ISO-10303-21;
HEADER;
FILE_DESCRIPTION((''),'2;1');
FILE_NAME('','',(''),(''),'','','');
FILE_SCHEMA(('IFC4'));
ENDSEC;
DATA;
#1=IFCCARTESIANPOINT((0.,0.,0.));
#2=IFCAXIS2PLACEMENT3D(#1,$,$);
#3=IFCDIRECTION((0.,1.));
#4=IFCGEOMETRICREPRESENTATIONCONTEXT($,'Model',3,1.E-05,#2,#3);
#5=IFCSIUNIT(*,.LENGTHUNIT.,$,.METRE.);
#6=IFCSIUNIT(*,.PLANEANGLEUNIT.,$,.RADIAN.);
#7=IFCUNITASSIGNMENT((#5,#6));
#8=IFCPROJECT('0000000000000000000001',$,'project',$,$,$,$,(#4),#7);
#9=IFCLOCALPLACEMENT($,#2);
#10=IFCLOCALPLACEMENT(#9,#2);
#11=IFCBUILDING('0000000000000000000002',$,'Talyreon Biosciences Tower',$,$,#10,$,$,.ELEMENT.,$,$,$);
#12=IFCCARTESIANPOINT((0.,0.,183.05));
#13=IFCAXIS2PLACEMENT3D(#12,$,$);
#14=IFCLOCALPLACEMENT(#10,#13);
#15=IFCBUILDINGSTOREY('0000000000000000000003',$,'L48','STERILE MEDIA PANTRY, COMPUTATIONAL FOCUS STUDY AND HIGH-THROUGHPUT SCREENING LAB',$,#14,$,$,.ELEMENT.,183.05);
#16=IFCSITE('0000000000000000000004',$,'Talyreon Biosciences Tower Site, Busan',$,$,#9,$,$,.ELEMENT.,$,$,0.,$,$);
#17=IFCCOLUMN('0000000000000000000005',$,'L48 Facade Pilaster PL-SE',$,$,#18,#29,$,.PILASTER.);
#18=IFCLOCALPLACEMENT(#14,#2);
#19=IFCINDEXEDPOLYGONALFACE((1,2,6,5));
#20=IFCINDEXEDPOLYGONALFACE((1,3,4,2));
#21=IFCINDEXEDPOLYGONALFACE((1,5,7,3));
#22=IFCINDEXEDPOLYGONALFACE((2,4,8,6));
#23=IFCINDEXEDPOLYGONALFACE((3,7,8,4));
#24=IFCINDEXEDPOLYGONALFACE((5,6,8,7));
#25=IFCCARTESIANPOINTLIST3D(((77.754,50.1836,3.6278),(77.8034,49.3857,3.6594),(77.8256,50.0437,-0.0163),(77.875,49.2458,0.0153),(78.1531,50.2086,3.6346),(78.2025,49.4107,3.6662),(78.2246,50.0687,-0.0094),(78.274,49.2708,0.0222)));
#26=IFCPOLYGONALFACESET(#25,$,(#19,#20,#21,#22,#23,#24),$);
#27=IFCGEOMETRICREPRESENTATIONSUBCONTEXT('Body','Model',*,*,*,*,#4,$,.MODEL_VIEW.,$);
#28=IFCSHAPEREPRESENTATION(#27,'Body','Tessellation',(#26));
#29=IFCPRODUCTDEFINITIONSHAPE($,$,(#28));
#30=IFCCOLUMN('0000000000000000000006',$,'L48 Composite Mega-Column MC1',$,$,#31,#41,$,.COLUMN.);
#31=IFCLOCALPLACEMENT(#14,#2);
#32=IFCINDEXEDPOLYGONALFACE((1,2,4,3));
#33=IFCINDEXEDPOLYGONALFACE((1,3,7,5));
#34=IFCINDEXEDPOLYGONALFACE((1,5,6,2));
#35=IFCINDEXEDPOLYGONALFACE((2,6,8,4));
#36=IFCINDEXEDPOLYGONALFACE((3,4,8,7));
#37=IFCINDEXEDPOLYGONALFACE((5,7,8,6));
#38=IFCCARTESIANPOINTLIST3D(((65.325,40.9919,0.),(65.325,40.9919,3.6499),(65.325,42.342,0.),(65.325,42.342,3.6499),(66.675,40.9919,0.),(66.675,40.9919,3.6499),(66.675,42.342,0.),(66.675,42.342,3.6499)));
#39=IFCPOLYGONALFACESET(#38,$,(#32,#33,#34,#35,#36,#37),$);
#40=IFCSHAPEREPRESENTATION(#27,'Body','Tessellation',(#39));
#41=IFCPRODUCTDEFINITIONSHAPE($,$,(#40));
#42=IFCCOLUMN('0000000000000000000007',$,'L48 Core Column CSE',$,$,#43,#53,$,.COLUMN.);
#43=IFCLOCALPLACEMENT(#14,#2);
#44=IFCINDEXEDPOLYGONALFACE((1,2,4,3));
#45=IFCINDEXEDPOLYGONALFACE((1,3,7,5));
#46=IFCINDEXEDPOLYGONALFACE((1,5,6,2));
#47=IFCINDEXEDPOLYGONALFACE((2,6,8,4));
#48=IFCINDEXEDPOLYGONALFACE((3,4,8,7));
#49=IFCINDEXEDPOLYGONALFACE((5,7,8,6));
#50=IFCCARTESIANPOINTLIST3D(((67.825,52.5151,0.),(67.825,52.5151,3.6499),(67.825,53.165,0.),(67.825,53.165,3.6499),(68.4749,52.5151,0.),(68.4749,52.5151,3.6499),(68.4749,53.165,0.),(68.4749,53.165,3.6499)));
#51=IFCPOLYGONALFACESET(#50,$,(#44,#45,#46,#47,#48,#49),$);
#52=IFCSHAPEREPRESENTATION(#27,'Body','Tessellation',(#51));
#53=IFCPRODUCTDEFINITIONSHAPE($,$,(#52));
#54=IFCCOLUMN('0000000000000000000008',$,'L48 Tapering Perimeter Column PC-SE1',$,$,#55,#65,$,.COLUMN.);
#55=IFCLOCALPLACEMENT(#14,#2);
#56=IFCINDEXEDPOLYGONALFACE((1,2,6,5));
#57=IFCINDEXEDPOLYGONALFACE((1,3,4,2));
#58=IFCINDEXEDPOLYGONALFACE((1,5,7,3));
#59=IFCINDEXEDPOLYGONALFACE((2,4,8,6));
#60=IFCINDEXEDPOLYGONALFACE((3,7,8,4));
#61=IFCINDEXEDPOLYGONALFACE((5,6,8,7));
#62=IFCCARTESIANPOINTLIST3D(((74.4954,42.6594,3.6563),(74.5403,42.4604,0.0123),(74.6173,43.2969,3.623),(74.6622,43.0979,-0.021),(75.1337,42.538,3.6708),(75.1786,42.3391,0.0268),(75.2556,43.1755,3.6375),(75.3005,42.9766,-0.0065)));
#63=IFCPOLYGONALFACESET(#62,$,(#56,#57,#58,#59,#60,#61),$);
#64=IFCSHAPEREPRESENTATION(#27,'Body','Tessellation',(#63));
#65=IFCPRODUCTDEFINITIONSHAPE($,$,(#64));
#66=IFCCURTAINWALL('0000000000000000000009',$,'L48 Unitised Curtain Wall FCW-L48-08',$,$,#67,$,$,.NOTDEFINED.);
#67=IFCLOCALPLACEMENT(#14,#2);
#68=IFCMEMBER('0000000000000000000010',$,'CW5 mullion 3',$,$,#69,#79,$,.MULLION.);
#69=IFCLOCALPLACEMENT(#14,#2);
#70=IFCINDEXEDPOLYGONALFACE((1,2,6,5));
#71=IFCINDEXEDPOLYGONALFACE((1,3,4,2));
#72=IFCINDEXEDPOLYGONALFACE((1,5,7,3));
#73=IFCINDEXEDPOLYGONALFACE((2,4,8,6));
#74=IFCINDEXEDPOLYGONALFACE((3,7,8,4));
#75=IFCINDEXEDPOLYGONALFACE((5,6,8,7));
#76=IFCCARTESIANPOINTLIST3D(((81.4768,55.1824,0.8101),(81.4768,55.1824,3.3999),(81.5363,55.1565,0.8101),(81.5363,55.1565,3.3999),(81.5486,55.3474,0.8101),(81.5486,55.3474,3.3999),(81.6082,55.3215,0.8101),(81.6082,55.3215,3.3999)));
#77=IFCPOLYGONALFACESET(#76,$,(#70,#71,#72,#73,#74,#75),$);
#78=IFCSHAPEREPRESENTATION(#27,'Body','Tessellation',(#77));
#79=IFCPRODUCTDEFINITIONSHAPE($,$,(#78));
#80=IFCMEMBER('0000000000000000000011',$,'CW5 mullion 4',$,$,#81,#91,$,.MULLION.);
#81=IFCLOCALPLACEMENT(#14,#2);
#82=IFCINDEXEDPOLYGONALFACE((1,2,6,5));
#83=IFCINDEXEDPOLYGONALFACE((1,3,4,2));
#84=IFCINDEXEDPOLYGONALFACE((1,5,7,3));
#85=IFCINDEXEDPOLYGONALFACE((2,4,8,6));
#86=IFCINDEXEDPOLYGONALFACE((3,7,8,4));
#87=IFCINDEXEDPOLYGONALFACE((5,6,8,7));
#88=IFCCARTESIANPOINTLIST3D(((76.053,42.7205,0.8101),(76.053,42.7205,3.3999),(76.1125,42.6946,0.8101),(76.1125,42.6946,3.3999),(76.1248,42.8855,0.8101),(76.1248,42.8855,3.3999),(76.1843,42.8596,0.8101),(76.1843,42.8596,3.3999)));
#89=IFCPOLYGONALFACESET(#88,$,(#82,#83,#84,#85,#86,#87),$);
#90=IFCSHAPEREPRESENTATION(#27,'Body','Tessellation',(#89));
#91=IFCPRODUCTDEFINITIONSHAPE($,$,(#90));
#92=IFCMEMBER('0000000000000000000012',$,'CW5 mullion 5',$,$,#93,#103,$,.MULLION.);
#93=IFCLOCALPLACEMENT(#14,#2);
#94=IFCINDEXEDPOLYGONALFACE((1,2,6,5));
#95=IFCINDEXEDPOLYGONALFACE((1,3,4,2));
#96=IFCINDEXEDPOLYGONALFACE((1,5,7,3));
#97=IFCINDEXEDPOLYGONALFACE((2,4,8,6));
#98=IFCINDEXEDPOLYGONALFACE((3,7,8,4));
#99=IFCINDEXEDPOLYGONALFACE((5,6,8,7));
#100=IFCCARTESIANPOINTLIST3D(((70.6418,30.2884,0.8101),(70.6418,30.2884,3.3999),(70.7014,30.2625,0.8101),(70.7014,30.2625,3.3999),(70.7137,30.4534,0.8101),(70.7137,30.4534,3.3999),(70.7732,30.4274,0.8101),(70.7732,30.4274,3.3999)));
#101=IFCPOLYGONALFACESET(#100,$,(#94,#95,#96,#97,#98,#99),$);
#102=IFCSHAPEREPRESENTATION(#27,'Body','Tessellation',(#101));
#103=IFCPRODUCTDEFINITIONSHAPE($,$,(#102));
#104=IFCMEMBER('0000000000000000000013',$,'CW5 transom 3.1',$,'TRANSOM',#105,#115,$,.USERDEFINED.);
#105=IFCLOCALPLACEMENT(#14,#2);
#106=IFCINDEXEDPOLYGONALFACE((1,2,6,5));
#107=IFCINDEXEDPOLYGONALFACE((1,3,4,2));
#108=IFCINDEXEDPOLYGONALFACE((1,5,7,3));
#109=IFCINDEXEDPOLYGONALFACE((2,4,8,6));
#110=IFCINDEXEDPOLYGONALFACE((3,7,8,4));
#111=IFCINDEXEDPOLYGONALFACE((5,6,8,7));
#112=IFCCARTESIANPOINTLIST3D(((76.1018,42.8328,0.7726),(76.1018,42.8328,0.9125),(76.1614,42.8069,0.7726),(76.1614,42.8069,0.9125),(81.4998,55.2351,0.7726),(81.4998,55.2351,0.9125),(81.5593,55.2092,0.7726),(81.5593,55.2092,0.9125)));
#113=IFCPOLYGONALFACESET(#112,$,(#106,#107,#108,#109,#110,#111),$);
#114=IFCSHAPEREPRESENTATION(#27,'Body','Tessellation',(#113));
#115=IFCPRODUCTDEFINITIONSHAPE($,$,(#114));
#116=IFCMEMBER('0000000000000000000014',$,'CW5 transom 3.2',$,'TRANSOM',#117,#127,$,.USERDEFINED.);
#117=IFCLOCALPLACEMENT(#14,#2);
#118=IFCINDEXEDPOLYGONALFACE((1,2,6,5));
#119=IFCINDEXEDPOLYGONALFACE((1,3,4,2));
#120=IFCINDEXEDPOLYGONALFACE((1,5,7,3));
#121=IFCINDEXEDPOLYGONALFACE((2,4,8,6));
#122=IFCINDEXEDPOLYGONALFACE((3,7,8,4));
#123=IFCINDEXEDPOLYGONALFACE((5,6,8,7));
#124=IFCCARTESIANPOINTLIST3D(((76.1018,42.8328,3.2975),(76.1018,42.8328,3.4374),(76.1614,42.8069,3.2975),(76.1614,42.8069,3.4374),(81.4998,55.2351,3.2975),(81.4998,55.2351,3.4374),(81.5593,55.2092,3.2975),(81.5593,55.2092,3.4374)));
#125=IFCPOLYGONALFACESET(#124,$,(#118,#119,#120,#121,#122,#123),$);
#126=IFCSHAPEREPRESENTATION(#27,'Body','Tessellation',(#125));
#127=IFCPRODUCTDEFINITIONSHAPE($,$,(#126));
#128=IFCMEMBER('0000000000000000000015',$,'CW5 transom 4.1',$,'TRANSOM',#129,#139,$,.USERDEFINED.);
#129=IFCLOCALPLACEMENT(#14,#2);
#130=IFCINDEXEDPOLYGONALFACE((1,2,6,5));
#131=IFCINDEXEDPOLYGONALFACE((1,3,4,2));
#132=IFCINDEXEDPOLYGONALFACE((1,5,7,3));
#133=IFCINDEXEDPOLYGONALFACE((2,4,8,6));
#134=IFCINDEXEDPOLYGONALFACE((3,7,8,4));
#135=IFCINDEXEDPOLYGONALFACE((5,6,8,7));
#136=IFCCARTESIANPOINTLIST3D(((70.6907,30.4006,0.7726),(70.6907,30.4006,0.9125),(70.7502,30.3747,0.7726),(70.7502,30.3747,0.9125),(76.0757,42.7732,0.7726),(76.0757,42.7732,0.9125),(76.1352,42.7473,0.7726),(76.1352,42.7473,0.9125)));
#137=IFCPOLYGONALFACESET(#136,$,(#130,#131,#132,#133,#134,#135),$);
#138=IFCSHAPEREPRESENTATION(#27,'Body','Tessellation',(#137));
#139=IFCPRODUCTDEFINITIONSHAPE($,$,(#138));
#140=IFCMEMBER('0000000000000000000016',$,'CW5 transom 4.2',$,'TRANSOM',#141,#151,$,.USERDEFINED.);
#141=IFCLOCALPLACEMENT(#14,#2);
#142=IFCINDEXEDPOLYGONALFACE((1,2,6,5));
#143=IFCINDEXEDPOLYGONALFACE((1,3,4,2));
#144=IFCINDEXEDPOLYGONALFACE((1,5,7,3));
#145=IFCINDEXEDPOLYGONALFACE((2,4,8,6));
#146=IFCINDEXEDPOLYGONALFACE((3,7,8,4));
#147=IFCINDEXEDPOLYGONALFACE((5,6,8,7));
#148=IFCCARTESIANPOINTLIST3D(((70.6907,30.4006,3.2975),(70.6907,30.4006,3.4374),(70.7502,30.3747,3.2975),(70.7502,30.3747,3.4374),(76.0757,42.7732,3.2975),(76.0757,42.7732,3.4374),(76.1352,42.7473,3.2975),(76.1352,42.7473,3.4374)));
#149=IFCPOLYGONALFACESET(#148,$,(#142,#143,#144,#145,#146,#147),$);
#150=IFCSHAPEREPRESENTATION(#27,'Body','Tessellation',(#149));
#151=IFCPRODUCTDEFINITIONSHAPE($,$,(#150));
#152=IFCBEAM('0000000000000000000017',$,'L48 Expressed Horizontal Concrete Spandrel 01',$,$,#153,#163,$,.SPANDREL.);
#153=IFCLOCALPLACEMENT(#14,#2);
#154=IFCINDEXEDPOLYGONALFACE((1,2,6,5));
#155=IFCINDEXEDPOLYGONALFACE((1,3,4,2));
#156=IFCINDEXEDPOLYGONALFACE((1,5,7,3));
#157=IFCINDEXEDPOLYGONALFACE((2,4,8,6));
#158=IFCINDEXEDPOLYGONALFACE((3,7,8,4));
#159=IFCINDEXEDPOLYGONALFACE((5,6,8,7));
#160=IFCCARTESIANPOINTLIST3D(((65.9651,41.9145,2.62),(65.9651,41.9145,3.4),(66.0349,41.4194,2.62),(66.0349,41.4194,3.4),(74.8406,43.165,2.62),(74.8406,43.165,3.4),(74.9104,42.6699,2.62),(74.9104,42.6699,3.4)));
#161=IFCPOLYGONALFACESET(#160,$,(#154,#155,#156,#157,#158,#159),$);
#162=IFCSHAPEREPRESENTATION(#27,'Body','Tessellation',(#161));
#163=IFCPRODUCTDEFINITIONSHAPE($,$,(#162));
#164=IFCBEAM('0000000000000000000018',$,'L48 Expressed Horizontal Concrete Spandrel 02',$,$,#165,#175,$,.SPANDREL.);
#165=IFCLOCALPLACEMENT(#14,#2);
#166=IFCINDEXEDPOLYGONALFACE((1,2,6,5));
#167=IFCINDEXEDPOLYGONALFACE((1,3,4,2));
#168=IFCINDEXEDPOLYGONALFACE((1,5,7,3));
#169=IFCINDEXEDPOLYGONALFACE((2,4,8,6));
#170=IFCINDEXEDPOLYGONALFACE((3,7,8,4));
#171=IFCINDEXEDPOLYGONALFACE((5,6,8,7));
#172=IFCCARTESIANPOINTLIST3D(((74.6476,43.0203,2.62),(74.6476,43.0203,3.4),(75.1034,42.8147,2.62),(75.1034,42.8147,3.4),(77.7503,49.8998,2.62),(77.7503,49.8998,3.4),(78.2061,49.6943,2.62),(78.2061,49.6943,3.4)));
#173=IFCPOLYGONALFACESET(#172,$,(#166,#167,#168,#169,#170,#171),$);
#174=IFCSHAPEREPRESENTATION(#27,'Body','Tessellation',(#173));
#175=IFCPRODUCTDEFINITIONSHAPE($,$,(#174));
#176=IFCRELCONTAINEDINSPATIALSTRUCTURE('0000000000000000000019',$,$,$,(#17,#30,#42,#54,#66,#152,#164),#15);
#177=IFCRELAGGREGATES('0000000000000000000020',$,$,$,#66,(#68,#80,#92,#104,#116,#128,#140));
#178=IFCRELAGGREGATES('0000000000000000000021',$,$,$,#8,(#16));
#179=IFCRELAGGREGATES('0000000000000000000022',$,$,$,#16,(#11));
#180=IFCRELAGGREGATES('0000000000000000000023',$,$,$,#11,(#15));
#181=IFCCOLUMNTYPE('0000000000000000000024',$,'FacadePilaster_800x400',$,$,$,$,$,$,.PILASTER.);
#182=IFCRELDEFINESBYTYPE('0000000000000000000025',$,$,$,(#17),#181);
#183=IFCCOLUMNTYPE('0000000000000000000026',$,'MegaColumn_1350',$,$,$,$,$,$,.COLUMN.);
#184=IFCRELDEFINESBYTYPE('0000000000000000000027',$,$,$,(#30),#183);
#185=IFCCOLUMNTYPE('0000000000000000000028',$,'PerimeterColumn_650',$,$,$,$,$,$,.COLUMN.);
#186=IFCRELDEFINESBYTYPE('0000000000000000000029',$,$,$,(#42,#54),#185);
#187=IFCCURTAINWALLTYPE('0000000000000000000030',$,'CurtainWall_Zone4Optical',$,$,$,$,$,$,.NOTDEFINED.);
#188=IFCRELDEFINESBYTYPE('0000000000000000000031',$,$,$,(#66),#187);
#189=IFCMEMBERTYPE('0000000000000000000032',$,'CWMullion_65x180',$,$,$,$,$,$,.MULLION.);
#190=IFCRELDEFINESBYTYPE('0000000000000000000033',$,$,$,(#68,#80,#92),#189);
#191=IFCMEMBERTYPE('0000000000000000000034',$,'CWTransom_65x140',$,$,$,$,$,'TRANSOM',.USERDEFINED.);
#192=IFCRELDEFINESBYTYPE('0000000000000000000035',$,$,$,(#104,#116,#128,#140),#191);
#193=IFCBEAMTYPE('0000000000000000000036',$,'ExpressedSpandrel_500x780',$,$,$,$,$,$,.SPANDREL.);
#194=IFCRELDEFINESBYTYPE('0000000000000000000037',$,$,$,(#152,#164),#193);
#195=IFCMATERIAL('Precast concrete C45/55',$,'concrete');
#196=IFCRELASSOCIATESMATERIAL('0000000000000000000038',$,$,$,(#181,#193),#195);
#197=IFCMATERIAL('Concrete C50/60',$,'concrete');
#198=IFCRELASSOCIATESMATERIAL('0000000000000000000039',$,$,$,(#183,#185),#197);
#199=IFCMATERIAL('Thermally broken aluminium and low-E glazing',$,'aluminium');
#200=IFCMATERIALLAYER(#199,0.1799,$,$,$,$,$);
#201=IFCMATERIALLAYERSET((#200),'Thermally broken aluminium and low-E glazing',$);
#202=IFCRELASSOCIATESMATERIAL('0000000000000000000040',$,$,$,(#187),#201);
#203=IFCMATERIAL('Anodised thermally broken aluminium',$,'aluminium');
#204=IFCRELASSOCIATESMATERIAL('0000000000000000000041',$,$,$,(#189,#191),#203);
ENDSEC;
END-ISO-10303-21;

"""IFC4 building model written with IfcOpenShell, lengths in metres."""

from ifc_helpers import new_model, si_unit, direction, frame, origin, origin_2d, place, context, subcontext, project, spatial, rectangle, extrude, material, layer, layer_set, material_profile, profile_set, type_object, element, aggregate, save


model = new_model("IFC4")

# Units and contexts
model_context = context("Model", 3, precision=1e-05, world=origin(), true_north=direction((0.0, 1.0)))
body_context = subcontext(model_context, "Body", "Model", "MODEL_VIEW")
ifc_project = project(units=[si_unit("LENGTHUNIT", "METRE"), si_unit("PLANEANGLEUNIT", "RADIAN")], contexts=[model_context])

# Site, building, storey
site_placement = place(None, origin())
site = spatial("IfcSite", under=ifc_project, at=site_placement, Name="Talyreon Biosciences Tower Site, Busan", CompositionType="ELEMENT", RefElevation=0.0)
building_placement = place(site_placement, origin())
building = spatial("IfcBuilding", under=site, at=building_placement, Name="Talyreon Biosciences Tower", CompositionType="ELEMENT")
storey_placement = place(building_placement, frame((0.0, 0.0, 183.05)))
storey = spatial("IfcBuildingStorey", under=building, at=storey_placement, Name="L48", Description="STERILE MEDIA PANTRY, COMPUTATIONAL FOCUS STUDY AND HIGH-THROUGHPUT SCREENING LAB", CompositionType="ELEMENT", Elevation=183.05)

# Columns
ifc_material_1 = material(Name="Precast concrete C45/55", Category="concrete")
ifc_material_profile_1 = material_profile(ifc_material_1, rectangle(XDim=0.8, YDim=0.3999, at=origin_2d()), Name="RC 800x400")
ifc_profile_set_1 = profile_set([ifc_material_profile_1], Name="Precast concrete C45/55")
column_type_1 = type_object("IfcColumnType", Name="FacadePilaster_800x400", PredefinedType="PILASTER", material=ifc_profile_set_1)
column_1_placement = place(storey_placement, frame((78.0498, 49.6572, 0.0029), z_axis=(-0.019612, 0.038354, 0.999072), x_axis=(0.061735, -0.997311, 0.039498)))
element("IfcColumn", 1, at=column_1_placement, inside=storey, type_object=column_type_1, Name="L48 Facade Pilaster PL-SE", PredefinedType="PILASTER", context=body_context, shape_type="SweptSolid", body=[
    extrude(rectangle(XDim=0.8, YDim=0.3999, at=origin_2d()), origin(), (0.0, 0.0, 1.0), 3.6475),
])
ifc_material_2 = material(Name="Concrete C50/60", Category="concrete")
ifc_material_profile_2 = material_profile(ifc_material_2, rectangle(XDim=1.3501, YDim=1.3501, at=origin_2d()), Name="RC 1350x1350")
ifc_profile_set_2 = profile_set([ifc_material_profile_2], Name="Concrete C50/60")
column_type_2 = type_object("IfcColumnType", Name="MegaColumn_1350", PredefinedType="COLUMN", material=ifc_profile_set_2)
column_2_placement = place(storey_placement, frame((66.0, 41.667, 0.0), z_axis=(0.0, 0.0, 1.0), x_axis=(1.0, 0.0, 0.0)))
element("IfcColumn", 2, at=column_2_placement, inside=storey, type_object=column_type_2, Name="L48 Composite Mega-Column MC1", PredefinedType="COLUMN", context=body_context, shape_type="SweptSolid", body=[
    extrude(rectangle(XDim=1.3501, YDim=1.3501, at=origin_2d()), origin(), (0.0, 0.0, 1.0), 3.6499),
])
ifc_material_profile_3 = material_profile(ifc_material_2, rectangle(XDim=0.6499, YDim=0.6499, at=origin_2d()), Name="RC 650x650")
ifc_profile_set_3 = profile_set([ifc_material_profile_3], Name="Concrete C50/60")
column_type_3 = type_object("IfcColumnType", Name="PerimeterColumn_650", PredefinedType="COLUMN", material=ifc_profile_set_3)
column_3_placement = place(storey_placement, frame((68.1499, 52.8401, 0.0), z_axis=(0.0, 0.0, 1.0), x_axis=(1.0, 0.0, 0.0)))
element("IfcColumn", 3, at=column_3_placement, inside=storey, type_object=column_type_3, Name="L48 Core Column CSE", PredefinedType="COLUMN", context=body_context, shape_type="SweptSolid", body=[
    extrude(rectangle(XDim=0.6499, YDim=0.6499, at=origin_2d()), origin(), (0.0, 0.0, 1.0), 3.6499),
])
column_4_placement = place(storey_placement, frame((74.9204, 42.7185, 0.0029), z_axis=(-0.012308, 0.054517, 0.998437), x_axis=(-0.187676, -0.980893, 0.051246)))
element("IfcColumn", 4, at=column_4_placement, inside=storey, type_object=column_type_3, Name="L48 Tapering Perimeter Column PC-SE1", PredefinedType="COLUMN", context=body_context, shape_type="SweptSolid", body=[
    extrude(rectangle(XDim=0.6499, YDim=0.6499, at=origin_2d()), origin(), (0.0, 0.0, 1.0), 3.6497),
])

# Curtain wall, members
ifc_material_3 = material(Name="Thermally broken aluminium and low-E glazing", Category="aluminium")
ifc_layer_1 = layer(ifc_material_3, 0.1799)
ifc_layer_set_1 = layer_set([ifc_layer_1], Name="Thermally broken aluminium and low-E glazing")
curtain_wall_type = type_object("IfcCurtainWallType", Name="CurtainWall_Zone4Optical", PredefinedType="NOTDEFINED", material=ifc_layer_set_1)
curtain_wall_placement = place(storey_placement, origin())
curtain_wall = element("IfcCurtainWall", 5, at=curtain_wall_placement, inside=storey, type_object=curtain_wall_type, Name="L48 Unitised Curtain Wall FCW-L48-08", PredefinedType="NOTDEFINED")
ifc_material_4 = material(Name="Anodised thermally broken aluminium", Category="aluminium")
ifc_material_profile_4 = material_profile(ifc_material_4, rectangle(XDim=0.0649, YDim=0.1799, at=origin_2d()), Name="ALUM MULLION 65x180")
ifc_profile_set_4 = profile_set([ifc_material_profile_4], Name="Anodised thermally broken aluminium")
member_type_1 = type_object("IfcMemberType", Name="CWMullion_65x180", PredefinedType="MULLION", material=ifc_profile_set_4)
member_1_placement = place(storey_placement, frame((81.5425, 55.252, 0.8101), z_axis=(0.0, 0.0, 1.0), x_axis=(0.916912, -0.399089, 0.0)))
member_1 = element("IfcMember", 6, at=member_1_placement, type_object=member_type_1, Name="CW5 mullion 3", PredefinedType="MULLION", context=body_context, shape_type="SweptSolid", body=[
    extrude(rectangle(XDim=0.0649, YDim=0.1799, at=origin_2d()), origin(), (0.0, 0.0, 1.0), 2.5898),
])
member_2_placement = place(storey_placement, frame((76.1187, 42.79, 0.8101), z_axis=(0.0, 0.0, 1.0), x_axis=(0.916912, -0.399089, 0.0)))
member_2 = element("IfcMember", 7, at=member_2_placement, type_object=member_type_1, Name="CW5 mullion 4", PredefinedType="MULLION", context=body_context, shape_type="SweptSolid", body=[
    extrude(rectangle(XDim=0.0649, YDim=0.1799, at=origin_2d()), origin(), (0.0, 0.0, 1.0), 2.5898),
])
member_3_placement = place(storey_placement, frame((70.7075, 30.3579, 0.8101), z_axis=(0.0, 0.0, 1.0), x_axis=(0.916912, -0.399089, 0.0)))
member_3 = element("IfcMember", 8, at=member_3_placement, type_object=member_type_1, Name="CW5 mullion 5", PredefinedType="MULLION", context=body_context, shape_type="SweptSolid", body=[
    extrude(rectangle(XDim=0.0649, YDim=0.1799, at=origin_2d()), origin(), (0.0, 0.0, 1.0), 2.5898),
])
ifc_material_profile_5 = material_profile(ifc_material_4, rectangle(XDim=0.0649, YDim=0.1399, at=origin_2d()), Name="ALUM TRANSOM 65x140")
ifc_profile_set_5 = profile_set([ifc_material_profile_5], Name="Anodised thermally broken aluminium")
member_type_2 = type_object("IfcMemberType", Name="CWTransom_65x140", ElementType="TRANSOM", PredefinedType="USERDEFINED", material=ifc_profile_set_5)
member_4_placement = place(storey_placement, frame((81.5295, 55.2222, 0.8425), z_axis=(-0.399076, -0.916918, 0.0), x_axis=(0.916918, -0.399076, 0.0)))
member_4 = element("IfcMember", 9, at=member_4_placement, type_object=member_type_2, Name="CW5 transom 3.1", ObjectType="TRANSOM", PredefinedType="USERDEFINED", context=body_context, shape_type="SweptSolid", body=[
    extrude(rectangle(XDim=0.0649, YDim=0.1399, at=origin_2d()), origin(), (0.0, 0.0, 1.0), 13.5261),
])
member_5_placement = place(storey_placement, frame((81.5295, 55.2222, 3.3674), z_axis=(-0.399076, -0.916918, 0.0), x_axis=(0.916918, -0.399076, 0.0)))
member_5 = element("IfcMember", 10, at=member_5_placement, type_object=member_type_2, Name="CW5 transom 3.2", ObjectType="TRANSOM", PredefinedType="USERDEFINED", context=body_context, shape_type="SweptSolid", body=[
    extrude(rectangle(XDim=0.0649, YDim=0.1399, at=origin_2d()), origin(), (0.0, 0.0, 1.0), 13.5261),
])
member_6_placement = place(storey_placement, frame((76.1055, 42.7603, 0.8425), z_axis=(-0.399077, -0.916917, 0.0), x_axis=(0.916917, -0.399077, 0.0)))
member_6 = element("IfcMember", 11, at=member_6_placement, type_object=member_type_2, Name="CW5 transom 4.1", ObjectType="TRANSOM", PredefinedType="USERDEFINED", context=body_context, shape_type="SweptSolid", body=[
    extrude(rectangle(XDim=0.0649, YDim=0.1399, at=origin_2d()), origin(), (0.0, 0.0, 1.0), 13.4937),
])
member_7_placement = place(storey_placement, frame((76.1055, 42.7603, 3.3674), z_axis=(-0.399077, -0.916917, 0.0), x_axis=(0.916917, -0.399077, 0.0)))
member_7 = element("IfcMember", 12, at=member_7_placement, type_object=member_type_2, Name="CW5 transom 4.2", ObjectType="TRANSOM", PredefinedType="USERDEFINED", context=body_context, shape_type="SweptSolid", body=[
    extrude(rectangle(XDim=0.0649, YDim=0.1399, at=origin_2d()), origin(), (0.0, 0.0, 1.0), 13.4937),
])

# Beams
ifc_material_profile_6 = material_profile(ifc_material_1, rectangle(XDim=0.5, YDim=0.78, at=origin_2d()), Name="RCB 500x780")
ifc_profile_set_6 = profile_set([ifc_material_profile_6], Name="Precast concrete C45/55")
beam_type_1 = type_object("IfcBeamType", Name="ExpressedSpandrel_500x780", PredefinedType="SPANDREL", material=ifc_profile_set_6)
beam_1_placement = place(storey_placement, frame((66.0, 41.667, 3.01), z_axis=(0.99022, 0.139514, 0.0), x_axis=(-0.139514, 0.99022, 0.0)))
element("IfcBeam", 13, at=beam_1_placement, inside=storey, type_object=beam_type_1, Name="L48 Expressed Horizontal Concrete Spandrel 01", PredefinedType="SPANDREL", context=body_context, shape_type="SweptSolid", body=[
    extrude(rectangle(XDim=0.5, YDim=0.78, at=origin_2d()), origin(), (0.0, 0.0, 1.0), 8.9631),
])
beam_2_placement = place(storey_placement, frame((74.8755, 42.9175, 3.01), z_axis=(0.41113, 0.911577, 0.0), x_axis=(-0.911577, 0.41113, 0.0)))
element("IfcBeam", 14, at=beam_2_placement, inside=storey, type_object=beam_type_1, Name="L48 Expressed Horizontal Concrete Spandrel 02", PredefinedType="SPANDREL", context=body_context, shape_type="SweptSolid", body=[
    extrude(rectangle(XDim=0.5, YDim=0.78, at=origin_2d()), origin(), (0.0, 0.0, 1.0), 7.5469),
])

aggregate(curtain_wall, [member_1, member_2, member_3, member_4, member_5, member_6, member_7])

save(model, "model.ifc")
